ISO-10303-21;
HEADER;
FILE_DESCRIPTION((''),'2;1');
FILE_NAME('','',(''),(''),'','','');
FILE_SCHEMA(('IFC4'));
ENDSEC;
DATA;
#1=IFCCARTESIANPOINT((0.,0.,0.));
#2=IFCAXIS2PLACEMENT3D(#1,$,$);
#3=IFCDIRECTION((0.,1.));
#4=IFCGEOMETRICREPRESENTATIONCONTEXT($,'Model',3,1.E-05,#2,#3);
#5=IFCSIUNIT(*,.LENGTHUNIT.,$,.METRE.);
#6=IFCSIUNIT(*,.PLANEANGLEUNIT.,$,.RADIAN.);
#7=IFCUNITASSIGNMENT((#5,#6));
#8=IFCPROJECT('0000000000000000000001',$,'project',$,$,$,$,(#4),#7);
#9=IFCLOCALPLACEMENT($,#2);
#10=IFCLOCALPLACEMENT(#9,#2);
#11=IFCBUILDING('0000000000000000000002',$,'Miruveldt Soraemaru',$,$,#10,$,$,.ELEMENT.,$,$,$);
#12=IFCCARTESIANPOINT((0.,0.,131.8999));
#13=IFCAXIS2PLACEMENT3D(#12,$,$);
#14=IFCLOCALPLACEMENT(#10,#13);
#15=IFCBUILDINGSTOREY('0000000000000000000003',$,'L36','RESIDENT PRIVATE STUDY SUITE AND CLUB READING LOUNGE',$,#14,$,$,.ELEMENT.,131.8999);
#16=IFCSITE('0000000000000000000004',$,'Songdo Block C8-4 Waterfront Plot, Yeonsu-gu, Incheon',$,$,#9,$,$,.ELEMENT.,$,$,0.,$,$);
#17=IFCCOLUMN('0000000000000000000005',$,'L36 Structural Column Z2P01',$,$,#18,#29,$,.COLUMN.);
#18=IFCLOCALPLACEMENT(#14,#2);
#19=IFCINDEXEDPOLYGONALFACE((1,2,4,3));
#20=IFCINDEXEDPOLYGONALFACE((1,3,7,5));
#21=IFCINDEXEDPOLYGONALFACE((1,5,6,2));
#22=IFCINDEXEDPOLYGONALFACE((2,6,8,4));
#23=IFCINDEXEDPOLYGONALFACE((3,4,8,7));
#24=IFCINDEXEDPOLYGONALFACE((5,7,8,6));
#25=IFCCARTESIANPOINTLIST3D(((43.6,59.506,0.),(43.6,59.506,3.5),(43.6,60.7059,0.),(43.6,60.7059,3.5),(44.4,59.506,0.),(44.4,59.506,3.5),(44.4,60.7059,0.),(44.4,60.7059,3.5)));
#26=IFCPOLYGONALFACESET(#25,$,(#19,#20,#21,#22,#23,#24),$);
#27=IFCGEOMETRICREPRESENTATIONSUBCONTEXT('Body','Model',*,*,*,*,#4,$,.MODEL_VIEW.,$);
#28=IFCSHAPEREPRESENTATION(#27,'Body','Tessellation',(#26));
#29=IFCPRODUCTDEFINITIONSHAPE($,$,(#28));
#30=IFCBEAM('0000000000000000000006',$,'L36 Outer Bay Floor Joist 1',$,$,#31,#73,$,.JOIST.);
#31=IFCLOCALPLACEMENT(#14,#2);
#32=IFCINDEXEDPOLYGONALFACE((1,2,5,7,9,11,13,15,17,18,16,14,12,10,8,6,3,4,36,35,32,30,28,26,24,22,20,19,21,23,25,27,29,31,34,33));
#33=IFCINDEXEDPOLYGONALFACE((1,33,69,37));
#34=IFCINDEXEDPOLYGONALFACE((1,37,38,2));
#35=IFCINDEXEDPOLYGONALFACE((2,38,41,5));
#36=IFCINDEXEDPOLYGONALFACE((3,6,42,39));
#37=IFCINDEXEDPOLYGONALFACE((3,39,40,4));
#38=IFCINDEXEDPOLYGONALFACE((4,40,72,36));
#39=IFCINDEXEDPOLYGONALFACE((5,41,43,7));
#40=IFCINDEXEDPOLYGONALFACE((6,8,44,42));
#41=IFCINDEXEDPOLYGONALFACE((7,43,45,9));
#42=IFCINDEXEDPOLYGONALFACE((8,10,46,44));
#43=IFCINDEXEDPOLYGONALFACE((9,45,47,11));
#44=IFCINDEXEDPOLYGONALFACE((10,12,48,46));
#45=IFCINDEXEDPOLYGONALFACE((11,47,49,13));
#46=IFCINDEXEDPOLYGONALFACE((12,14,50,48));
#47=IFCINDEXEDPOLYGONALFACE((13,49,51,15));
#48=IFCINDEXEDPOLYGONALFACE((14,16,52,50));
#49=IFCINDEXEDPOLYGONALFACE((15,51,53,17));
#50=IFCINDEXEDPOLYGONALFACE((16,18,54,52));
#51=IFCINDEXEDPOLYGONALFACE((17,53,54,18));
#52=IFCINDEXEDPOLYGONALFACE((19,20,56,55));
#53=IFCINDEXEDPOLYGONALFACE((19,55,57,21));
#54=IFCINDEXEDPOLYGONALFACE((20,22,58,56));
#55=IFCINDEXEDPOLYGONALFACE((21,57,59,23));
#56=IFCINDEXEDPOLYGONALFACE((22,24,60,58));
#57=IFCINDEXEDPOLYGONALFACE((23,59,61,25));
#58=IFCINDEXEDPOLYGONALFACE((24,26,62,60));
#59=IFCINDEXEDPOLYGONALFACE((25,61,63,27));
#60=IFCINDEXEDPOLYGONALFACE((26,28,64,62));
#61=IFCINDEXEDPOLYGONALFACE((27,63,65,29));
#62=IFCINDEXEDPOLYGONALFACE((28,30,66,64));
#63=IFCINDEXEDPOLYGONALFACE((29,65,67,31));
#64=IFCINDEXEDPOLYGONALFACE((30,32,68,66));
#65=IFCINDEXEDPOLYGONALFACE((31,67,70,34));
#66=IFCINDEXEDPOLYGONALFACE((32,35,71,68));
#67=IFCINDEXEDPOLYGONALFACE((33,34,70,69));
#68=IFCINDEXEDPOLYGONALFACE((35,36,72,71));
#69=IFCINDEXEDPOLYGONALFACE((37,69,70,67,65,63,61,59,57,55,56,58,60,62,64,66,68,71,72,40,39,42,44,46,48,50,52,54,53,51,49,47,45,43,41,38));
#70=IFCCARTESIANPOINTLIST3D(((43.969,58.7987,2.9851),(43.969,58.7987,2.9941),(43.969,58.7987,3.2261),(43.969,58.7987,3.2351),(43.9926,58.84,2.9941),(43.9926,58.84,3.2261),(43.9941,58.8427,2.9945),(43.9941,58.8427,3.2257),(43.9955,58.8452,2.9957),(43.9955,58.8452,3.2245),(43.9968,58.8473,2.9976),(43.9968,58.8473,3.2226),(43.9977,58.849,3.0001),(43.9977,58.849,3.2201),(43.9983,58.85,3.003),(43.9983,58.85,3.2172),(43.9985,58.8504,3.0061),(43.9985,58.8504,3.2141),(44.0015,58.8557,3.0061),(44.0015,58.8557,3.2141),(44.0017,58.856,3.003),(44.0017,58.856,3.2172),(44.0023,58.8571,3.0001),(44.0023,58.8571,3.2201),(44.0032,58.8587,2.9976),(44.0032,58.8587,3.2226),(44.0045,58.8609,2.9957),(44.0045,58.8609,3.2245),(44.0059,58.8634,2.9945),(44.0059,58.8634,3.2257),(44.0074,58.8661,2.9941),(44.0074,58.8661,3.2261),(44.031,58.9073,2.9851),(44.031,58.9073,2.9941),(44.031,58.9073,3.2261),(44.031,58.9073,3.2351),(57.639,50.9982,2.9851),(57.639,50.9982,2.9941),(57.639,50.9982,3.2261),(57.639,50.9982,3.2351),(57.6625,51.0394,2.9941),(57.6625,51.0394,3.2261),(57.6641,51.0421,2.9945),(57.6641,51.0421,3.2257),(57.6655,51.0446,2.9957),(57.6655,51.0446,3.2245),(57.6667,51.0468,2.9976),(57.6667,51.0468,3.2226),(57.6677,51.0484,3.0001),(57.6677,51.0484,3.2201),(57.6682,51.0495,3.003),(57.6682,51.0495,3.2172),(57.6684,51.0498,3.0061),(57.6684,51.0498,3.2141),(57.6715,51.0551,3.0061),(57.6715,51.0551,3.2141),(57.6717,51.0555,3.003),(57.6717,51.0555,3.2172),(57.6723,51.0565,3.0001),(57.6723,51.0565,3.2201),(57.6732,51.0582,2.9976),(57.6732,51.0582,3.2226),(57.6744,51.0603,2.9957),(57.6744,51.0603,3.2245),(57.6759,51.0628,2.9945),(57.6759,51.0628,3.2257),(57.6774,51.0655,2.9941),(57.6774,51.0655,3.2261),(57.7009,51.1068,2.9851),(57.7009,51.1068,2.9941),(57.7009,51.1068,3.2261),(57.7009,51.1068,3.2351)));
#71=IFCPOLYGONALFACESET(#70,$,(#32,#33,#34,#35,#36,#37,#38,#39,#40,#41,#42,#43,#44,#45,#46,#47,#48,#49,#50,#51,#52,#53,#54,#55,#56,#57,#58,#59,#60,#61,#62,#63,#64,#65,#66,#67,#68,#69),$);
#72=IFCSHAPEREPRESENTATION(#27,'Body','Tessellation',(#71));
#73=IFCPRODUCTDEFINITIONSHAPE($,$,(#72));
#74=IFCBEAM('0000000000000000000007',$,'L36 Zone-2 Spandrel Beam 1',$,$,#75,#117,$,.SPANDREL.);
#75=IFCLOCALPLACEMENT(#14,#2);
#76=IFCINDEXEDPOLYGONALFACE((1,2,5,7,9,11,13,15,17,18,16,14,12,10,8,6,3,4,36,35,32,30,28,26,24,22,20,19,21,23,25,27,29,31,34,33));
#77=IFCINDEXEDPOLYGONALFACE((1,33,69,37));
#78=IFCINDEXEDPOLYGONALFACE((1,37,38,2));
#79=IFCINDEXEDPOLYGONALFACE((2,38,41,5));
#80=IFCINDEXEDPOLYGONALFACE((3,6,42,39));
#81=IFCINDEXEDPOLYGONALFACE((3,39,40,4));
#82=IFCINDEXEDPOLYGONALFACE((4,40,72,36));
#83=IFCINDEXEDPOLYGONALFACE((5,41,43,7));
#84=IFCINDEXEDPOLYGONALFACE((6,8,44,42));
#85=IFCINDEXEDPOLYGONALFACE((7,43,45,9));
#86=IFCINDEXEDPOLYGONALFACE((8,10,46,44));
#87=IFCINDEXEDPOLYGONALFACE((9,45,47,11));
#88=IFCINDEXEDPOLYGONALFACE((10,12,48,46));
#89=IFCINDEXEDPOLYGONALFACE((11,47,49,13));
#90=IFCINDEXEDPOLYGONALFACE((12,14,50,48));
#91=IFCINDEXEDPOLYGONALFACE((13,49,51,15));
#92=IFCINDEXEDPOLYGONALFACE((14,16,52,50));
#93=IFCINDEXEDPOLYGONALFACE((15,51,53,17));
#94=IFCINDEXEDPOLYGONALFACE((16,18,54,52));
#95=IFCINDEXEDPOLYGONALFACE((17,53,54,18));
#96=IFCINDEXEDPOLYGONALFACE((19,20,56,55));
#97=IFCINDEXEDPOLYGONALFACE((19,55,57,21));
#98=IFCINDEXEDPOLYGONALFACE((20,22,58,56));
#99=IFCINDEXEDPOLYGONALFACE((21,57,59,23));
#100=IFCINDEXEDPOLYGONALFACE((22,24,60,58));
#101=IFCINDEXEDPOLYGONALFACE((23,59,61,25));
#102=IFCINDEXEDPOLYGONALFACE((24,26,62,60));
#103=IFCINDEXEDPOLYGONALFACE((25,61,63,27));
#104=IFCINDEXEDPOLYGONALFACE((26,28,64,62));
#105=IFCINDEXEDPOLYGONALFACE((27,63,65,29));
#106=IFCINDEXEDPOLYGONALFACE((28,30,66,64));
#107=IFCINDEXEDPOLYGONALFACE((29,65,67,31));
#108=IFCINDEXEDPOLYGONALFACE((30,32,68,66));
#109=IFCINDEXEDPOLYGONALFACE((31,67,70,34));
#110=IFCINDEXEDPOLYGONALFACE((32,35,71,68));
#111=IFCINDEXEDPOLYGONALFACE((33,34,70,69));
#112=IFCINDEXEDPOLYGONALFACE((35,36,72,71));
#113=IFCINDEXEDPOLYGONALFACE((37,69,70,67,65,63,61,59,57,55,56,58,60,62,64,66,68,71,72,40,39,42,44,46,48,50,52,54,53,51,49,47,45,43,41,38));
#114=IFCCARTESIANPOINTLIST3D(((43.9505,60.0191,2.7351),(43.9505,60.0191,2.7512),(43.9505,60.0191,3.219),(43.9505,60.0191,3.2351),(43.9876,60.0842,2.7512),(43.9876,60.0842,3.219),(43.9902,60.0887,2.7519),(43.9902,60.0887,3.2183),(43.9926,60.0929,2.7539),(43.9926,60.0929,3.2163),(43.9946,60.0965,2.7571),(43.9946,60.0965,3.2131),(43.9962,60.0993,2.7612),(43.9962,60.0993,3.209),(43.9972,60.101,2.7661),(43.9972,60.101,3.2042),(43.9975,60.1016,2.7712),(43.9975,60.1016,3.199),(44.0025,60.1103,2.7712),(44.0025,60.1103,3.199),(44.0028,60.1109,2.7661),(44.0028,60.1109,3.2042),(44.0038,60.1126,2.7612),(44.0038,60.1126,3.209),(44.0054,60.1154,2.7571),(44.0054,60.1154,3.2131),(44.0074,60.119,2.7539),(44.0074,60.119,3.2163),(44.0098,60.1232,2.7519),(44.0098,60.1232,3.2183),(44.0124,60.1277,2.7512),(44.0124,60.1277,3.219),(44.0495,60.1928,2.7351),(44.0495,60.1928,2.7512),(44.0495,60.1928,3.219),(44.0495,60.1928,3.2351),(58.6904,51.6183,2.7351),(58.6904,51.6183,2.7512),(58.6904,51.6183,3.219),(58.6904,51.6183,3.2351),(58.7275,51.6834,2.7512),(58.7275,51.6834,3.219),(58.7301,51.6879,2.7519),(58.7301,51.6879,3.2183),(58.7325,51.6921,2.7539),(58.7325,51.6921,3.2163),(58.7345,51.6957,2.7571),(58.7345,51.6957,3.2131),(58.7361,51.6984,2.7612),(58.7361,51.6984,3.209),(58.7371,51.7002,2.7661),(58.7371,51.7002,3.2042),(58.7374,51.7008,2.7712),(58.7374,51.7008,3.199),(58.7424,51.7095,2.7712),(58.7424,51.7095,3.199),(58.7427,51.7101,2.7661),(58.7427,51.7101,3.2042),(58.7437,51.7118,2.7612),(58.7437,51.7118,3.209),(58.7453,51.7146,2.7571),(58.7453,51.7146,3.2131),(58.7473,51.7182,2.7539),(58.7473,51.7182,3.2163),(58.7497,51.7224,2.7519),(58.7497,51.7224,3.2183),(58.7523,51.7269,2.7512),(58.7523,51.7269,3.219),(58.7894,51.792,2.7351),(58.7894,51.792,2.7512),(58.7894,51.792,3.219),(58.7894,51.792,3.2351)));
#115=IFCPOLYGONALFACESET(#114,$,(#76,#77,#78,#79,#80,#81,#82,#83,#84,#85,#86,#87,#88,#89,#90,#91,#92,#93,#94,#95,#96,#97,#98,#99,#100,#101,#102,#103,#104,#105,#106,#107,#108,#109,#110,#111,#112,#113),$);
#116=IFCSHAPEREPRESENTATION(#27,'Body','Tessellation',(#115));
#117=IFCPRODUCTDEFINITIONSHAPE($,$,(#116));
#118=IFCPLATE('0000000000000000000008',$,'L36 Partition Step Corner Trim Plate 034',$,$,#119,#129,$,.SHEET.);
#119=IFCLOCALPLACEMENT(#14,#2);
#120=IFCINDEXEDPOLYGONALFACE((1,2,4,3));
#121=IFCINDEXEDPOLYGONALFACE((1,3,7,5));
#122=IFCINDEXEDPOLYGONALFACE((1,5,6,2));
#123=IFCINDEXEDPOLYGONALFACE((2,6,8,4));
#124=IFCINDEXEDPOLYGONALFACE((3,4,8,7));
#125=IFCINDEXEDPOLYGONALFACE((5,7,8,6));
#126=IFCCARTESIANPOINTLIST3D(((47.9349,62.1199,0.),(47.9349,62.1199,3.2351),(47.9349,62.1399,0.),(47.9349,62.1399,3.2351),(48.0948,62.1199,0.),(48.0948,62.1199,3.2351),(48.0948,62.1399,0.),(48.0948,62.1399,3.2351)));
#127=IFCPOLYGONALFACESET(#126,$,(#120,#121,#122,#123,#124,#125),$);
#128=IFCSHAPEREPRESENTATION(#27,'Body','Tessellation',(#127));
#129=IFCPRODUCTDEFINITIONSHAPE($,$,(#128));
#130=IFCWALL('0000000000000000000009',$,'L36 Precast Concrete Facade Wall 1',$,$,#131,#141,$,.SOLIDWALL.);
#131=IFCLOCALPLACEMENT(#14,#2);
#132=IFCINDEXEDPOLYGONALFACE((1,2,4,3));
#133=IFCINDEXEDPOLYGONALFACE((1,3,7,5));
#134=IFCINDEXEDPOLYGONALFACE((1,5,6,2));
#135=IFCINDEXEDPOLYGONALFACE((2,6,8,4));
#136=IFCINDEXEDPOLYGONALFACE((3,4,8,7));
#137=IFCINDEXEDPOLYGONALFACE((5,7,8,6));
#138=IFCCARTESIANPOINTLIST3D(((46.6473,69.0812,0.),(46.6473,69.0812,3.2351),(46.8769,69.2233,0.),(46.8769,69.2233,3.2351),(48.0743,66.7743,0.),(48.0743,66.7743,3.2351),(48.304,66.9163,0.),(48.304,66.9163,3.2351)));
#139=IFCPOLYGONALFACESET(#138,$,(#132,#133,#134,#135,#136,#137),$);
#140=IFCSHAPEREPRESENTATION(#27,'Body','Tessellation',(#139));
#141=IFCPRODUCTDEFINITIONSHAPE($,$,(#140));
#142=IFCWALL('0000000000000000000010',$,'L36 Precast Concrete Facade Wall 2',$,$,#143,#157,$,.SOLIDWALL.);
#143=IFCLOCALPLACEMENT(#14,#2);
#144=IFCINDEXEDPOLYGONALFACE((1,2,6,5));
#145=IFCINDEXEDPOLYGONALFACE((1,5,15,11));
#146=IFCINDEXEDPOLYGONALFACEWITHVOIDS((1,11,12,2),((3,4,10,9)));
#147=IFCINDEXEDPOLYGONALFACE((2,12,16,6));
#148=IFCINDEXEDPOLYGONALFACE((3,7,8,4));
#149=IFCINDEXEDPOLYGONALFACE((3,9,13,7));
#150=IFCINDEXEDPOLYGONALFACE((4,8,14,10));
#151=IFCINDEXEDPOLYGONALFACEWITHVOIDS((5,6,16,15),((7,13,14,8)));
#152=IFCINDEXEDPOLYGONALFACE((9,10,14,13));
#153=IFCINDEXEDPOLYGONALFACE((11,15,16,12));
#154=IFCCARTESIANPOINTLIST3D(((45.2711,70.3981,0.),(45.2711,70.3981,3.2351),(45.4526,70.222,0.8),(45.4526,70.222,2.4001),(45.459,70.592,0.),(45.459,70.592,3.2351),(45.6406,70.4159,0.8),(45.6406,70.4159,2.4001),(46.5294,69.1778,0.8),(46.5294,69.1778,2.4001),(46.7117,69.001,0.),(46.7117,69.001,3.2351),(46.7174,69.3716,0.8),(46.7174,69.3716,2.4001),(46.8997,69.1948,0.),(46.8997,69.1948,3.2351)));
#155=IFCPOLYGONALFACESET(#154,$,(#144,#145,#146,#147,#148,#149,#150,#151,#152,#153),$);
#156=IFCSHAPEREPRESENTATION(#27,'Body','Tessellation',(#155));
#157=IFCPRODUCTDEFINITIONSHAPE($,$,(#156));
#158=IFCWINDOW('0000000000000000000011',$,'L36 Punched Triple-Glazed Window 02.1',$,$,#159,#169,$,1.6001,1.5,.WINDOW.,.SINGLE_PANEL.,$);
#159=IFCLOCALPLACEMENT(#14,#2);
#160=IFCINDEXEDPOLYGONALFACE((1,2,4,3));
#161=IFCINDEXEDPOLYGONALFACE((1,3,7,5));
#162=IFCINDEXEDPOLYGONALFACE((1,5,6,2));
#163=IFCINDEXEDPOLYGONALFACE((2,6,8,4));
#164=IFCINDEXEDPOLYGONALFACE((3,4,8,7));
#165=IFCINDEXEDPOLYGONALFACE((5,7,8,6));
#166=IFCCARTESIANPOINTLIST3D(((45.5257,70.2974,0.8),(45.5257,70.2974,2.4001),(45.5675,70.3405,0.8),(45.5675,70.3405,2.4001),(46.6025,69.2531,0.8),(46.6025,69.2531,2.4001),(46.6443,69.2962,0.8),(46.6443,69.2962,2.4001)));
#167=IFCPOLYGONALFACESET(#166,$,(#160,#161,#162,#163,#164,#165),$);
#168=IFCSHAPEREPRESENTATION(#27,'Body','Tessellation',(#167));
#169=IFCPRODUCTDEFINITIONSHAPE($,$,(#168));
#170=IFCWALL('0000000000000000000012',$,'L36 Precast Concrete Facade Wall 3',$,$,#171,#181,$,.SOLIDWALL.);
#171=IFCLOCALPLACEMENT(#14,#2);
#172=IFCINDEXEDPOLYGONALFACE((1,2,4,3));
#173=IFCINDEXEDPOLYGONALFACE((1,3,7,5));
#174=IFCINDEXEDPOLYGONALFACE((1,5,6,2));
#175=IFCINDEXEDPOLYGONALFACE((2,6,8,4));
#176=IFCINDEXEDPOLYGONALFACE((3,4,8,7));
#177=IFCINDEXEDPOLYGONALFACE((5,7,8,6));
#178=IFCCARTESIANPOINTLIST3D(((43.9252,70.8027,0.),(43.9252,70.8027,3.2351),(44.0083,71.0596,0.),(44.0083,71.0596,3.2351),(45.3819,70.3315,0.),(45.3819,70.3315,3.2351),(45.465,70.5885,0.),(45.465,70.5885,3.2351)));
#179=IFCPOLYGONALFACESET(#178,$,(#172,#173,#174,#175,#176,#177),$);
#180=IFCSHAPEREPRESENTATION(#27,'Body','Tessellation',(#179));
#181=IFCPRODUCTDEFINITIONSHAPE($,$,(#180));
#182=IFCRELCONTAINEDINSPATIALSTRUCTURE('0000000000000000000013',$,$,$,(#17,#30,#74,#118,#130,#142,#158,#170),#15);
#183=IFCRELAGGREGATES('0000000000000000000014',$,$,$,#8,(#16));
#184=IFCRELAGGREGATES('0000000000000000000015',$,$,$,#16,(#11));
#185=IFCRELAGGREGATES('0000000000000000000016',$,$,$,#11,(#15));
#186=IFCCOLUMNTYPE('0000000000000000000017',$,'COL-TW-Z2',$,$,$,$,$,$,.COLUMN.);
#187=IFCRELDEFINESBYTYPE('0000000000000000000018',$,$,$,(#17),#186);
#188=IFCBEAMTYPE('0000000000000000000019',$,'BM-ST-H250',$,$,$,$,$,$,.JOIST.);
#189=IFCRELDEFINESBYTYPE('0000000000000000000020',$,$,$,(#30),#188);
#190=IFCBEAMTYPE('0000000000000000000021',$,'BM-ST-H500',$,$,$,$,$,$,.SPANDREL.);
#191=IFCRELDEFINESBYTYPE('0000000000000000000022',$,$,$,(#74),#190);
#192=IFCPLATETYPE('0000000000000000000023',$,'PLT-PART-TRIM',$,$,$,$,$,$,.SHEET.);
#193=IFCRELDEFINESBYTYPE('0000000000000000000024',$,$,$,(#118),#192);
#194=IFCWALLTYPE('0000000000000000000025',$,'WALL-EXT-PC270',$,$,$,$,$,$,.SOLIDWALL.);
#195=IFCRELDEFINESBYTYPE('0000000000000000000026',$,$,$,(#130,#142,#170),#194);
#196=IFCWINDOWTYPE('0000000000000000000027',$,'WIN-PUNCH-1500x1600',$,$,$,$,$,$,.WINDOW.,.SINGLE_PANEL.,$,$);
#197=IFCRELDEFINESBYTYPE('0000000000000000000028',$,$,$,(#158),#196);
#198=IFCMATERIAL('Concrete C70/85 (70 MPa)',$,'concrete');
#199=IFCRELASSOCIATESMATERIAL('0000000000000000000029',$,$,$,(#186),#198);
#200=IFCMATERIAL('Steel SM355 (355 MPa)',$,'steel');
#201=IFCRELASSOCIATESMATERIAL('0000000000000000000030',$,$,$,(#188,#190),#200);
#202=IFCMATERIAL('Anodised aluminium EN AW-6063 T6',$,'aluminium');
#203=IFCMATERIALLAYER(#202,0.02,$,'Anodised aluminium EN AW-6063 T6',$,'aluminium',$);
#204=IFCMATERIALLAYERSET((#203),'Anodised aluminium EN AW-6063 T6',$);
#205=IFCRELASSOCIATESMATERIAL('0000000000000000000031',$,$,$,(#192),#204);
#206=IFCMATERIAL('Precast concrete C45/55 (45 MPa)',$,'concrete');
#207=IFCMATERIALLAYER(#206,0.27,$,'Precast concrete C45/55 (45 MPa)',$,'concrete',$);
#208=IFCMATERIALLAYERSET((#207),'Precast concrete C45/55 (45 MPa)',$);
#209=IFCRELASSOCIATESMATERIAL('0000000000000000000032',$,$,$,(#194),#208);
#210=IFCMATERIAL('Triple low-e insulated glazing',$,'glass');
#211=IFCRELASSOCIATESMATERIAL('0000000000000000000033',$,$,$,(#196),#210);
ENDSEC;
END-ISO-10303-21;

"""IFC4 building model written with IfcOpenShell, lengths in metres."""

from ifc_helpers import new_model, si_unit, direction, frame, frame_2d, origin, origin_2d, place, context, subcontext, project, spatial, rectangle, i_section, extrude, material, layer, layer_set, material_profile, profile_set, type_object, element, fill, save


model = new_model("IFC4")

# Units and contexts
model_context = context("Model", 3, precision=1e-05, world=origin(), true_north=direction((0.0, 1.0)))
body_context = subcontext(model_context, "Body", "Model", "MODEL_VIEW")
ifc_project = project(units=[si_unit("LENGTHUNIT", "METRE"), si_unit("PLANEANGLEUNIT", "RADIAN")], contexts=[model_context])

# Site, building, storey
site_placement = place(None, origin())
site = spatial("IfcSite", under=ifc_project, at=site_placement, Name="Songdo Block C8-4 Waterfront Plot, Yeonsu-gu, Incheon", CompositionType="ELEMENT", RefElevation=0.0)
building_placement = place(site_placement, origin())
building = spatial("IfcBuilding", under=site, at=building_placement, Name="Miruveldt Soraemaru", CompositionType="ELEMENT")
storey_placement = place(building_placement, frame((0.0, 0.0, 131.8999)))
storey = spatial("IfcBuildingStorey", under=building, at=storey_placement, Name="L36", Description="RESIDENT PRIVATE STUDY SUITE AND CLUB READING LOUNGE", CompositionType="ELEMENT", Elevation=131.8999)

# Column
ifc_material_1 = material(Name="Concrete C70/85 (70 MPa)", Category="concrete")
ifc_material_profile_1 = material_profile(ifc_material_1, rectangle(XDim=1.2, YDim=0.8, at=origin_2d()), Name="Concrete C70/85 (70 MPa)", Category="concrete")
ifc_profile_set_1 = profile_set([ifc_material_profile_1], Name="Concrete C70/85 (70 MPa)")
column_type = type_object("IfcColumnType", Name="COL-TW-Z2", PredefinedType="COLUMN", material=ifc_profile_set_1)
column_placement = place(storey_placement, frame((44.0, 60.106, 0.0), z_axis=(0.0, 0.0, 1.0), x_axis=(0.0, 1.0, 0.0)))
element("IfcColumn", 1, at=column_placement, inside=storey, type_object=column_type, Name="L36 Structural Column Z2P01", PredefinedType="COLUMN", context=body_context, shape_type="SweptSolid", body=[
    extrude(rectangle(XDim=1.2, YDim=0.8, at=origin_2d()), origin(), (0.0, 0.0, 1.0), 3.5),
])

# Beams
ifc_material_2 = material(Name="Steel SM355 (355 MPa)", Category="steel")
ifc_material_profile_2 = material_profile(ifc_material_2, i_section(OverallWidth=0.125, OverallDepth=0.25, WebThickness=0.0061, FlangeThickness=0.009, FilletRadius=0.012, at=origin_2d()), Name="Steel SM355 (355 MPa)", Category="steel")
ifc_profile_set_2 = profile_set([ifc_material_profile_2], Name="Steel SM355 (355 MPa)")
beam_type_1 = type_object("IfcBeamType", Name="BM-ST-H250", PredefinedType="JOIST", material=ifc_profile_set_2)
beam_1_placement = place(storey_placement, frame((44.0, 58.853, 3.1101), z_axis=(0.86854, -0.495619, 0.0), x_axis=(0.495619, 0.86854, 0.0)))
element("IfcBeam", 2, at=beam_1_placement, inside=storey, type_object=beam_type_1, Name="L36 Outer Bay Floor Joist 1", PredefinedType="JOIST", context=body_context, shape_type="SweptSolid", body=[
    extrude(i_section(OverallWidth=0.125, OverallDepth=0.25, WebThickness=0.0061, FlangeThickness=0.009, FilletRadius=0.012, at=origin_2d()), origin(), (0.0, 0.0, 1.0), 15.739),
])
ifc_material_profile_3 = material_profile(ifc_material_2, i_section(OverallWidth=0.2, OverallDepth=0.5, WebThickness=0.01, FlangeThickness=0.0161, FilletRadius=0.02, at=origin_2d()), Name="Steel SM355 (355 MPa)", Category="steel")
ifc_profile_set_3 = profile_set([ifc_material_profile_3], Name="Steel SM355 (355 MPa)")
beam_type_2 = type_object("IfcBeamType", Name="BM-ST-H500", PredefinedType="SPANDREL", material=ifc_profile_set_3)
beam_2_placement = place(storey_placement, frame((44.0, 60.106, 2.9851), z_axis=(0.8688, -0.495162, 0.0), x_axis=(0.495162, 0.8688, 0.0)))
element("IfcBeam", 3, at=beam_2_placement, inside=storey, type_object=beam_type_2, Name="L36 Zone-2 Spandrel Beam 1", PredefinedType="SPANDREL", context=body_context, shape_type="SweptSolid", body=[
    extrude(i_section(OverallWidth=0.2, OverallDepth=0.5, WebThickness=0.01, FlangeThickness=0.0161, FilletRadius=0.02, at=origin_2d()), origin(), (0.0, 0.0, 1.0), 16.9658),
])

# Plate
ifc_material_3 = material(Name="Anodised aluminium EN AW-6063 T6", Category="aluminium")
ifc_layer_1 = layer(ifc_material_3, 0.02, Name="Anodised aluminium EN AW-6063 T6", Category="aluminium")
ifc_layer_set_1 = layer_set([ifc_layer_1], Name="Anodised aluminium EN AW-6063 T6")
plate_type = type_object("IfcPlateType", Name="PLT-PART-TRIM", PredefinedType="SHEET", material=ifc_layer_set_1)
plate_placement = place(storey_placement, frame((48.0149, 62.1299, 0.0), z_axis=(0.0, 0.0, 1.0), x_axis=(-1.0, 0.0, 0.0)))
element("IfcPlate", 4, at=plate_placement, inside=storey, type_object=plate_type, Name="L36 Partition Step Corner Trim Plate 034", PredefinedType="SHEET", context=body_context, shape_type="SweptSolid", body=[
    extrude(rectangle(XDim=0.1599, YDim=0.02, at=origin_2d()), origin(), (0.0, 0.0, 1.0), 3.2351),
])

# Wall
ifc_material_4 = material(Name="Precast concrete C45/55 (45 MPa)", Category="concrete")
ifc_layer_2 = layer(ifc_material_4, 0.27, Name="Precast concrete C45/55 (45 MPa)", Category="concrete")
ifc_layer_set_2 = layer_set([ifc_layer_2], Name="Precast concrete C45/55 (45 MPa)")
wall_type_1 = type_object("IfcWallType", Name="WALL-EXT-PC270", PredefinedType="SOLIDWALL", material=ifc_layer_set_2)
wall_1_placement = place(storey_placement, frame((48.1892, 66.8452, 0.0), z_axis=(0.0, 0.0, 1.0), x_axis=(-0.52607, 0.850442, 0.0)))
element("IfcWall", 5, at=wall_1_placement, inside=storey, type_object=wall_type_1, Name="L36 Precast Concrete Facade Wall 1", PredefinedType="SOLIDWALL", context=body_context, shape_type="SweptSolid", body=[
    extrude(rectangle(XDim=2.7126, YDim=0.27, at=frame_2d((1.3564, 0.0))), origin(), (0.0, 0.0, 1.0), 3.2351),
])

# Wall, opening, window
wall_2_placement = place(storey_placement, frame((46.8057, 69.0979, 0.0), z_axis=(0.0, 0.0, 1.0), x_axis=(-0.717851, 0.696197, 0.0)))
wall_2 = element("IfcWall", 6, at=wall_2_placement, inside=storey, type_object=wall_type_1, Name="L36 Precast Concrete Facade Wall 2", PredefinedType="SOLIDWALL", context=body_context, shape_type="SweptSolid", body=[
    extrude(rectangle(XDim=2.0068, YDim=0.27, at=frame_2d((1.0034, 0.0))), origin(), (0.0, 0.0, 1.0), 3.2351),
])
opening_1_placement = place(wall_2_placement, frame((0.2539, 0.0, 0.8)))
opening_1 = element("IfcOpeningElement", 7, at=opening_1_placement, cuts=wall_2, PredefinedType="OPENING", context=body_context, shape_type="SweptSolid", body=[
    extrude(rectangle(XDim=1.5, YDim=1.6001, at=frame_2d((0.75, 0.8))), frame((0.0, 0.145, 0.0), z_axis=(0.0, -1.0, 0.0), x_axis=(1.0, 0.0, 0.0)), (0.0, 0.0, 1.0), 0.29),
])
ifc_material_5 = material(Name="Triple low-e insulated glazing", Category="glass")
window_type_1 = type_object("IfcWindowType", Name="WIN-PUNCH-1500x1600", PartitioningType="SINGLE_PANEL", PredefinedType="WINDOW", material=ifc_material_5)
window_1_placement = place(opening_1_placement, origin())
window_1 = element("IfcWindow", 8, at=window_1_placement, inside=storey, type_object=window_type_1, Name="L36 Punched Triple-Glazed Window 02.1", OverallHeight=1.6001, OverallWidth=1.5, PartitioningType="SINGLE_PANEL", PredefinedType="WINDOW", context=body_context, shape_type="SweptSolid", body=[
    extrude(rectangle(XDim=1.5, YDim=1.6001, at=frame_2d((0.75, 0.8))), frame((0.0, 0.03, 0.0), z_axis=(0.0, -1.0, 0.0), x_axis=(1.0, 0.0, 0.0)), (0.0, 0.0, 1.0), 0.0601),
])
fill(opening_1, window_1)

# Wall
wall_3_placement = place(storey_placement, frame((45.4236, 70.46, 0.0), z_axis=(0.0, 0.0, 1.0), x_axis=(-0.951468, 0.307748, 0.0)))
element("IfcWall", 9, at=wall_3_placement, inside=storey, type_object=wall_type_1, Name="L36 Precast Concrete Facade Wall 3", PredefinedType="SOLIDWALL", context=body_context, shape_type="SweptSolid", body=[
    extrude(rectangle(XDim=1.531, YDim=0.27, at=frame_2d((0.7656, 0.0))), origin(), (0.0, 0.0, 1.0), 3.2351),
])

save(model, "model.ifc")
